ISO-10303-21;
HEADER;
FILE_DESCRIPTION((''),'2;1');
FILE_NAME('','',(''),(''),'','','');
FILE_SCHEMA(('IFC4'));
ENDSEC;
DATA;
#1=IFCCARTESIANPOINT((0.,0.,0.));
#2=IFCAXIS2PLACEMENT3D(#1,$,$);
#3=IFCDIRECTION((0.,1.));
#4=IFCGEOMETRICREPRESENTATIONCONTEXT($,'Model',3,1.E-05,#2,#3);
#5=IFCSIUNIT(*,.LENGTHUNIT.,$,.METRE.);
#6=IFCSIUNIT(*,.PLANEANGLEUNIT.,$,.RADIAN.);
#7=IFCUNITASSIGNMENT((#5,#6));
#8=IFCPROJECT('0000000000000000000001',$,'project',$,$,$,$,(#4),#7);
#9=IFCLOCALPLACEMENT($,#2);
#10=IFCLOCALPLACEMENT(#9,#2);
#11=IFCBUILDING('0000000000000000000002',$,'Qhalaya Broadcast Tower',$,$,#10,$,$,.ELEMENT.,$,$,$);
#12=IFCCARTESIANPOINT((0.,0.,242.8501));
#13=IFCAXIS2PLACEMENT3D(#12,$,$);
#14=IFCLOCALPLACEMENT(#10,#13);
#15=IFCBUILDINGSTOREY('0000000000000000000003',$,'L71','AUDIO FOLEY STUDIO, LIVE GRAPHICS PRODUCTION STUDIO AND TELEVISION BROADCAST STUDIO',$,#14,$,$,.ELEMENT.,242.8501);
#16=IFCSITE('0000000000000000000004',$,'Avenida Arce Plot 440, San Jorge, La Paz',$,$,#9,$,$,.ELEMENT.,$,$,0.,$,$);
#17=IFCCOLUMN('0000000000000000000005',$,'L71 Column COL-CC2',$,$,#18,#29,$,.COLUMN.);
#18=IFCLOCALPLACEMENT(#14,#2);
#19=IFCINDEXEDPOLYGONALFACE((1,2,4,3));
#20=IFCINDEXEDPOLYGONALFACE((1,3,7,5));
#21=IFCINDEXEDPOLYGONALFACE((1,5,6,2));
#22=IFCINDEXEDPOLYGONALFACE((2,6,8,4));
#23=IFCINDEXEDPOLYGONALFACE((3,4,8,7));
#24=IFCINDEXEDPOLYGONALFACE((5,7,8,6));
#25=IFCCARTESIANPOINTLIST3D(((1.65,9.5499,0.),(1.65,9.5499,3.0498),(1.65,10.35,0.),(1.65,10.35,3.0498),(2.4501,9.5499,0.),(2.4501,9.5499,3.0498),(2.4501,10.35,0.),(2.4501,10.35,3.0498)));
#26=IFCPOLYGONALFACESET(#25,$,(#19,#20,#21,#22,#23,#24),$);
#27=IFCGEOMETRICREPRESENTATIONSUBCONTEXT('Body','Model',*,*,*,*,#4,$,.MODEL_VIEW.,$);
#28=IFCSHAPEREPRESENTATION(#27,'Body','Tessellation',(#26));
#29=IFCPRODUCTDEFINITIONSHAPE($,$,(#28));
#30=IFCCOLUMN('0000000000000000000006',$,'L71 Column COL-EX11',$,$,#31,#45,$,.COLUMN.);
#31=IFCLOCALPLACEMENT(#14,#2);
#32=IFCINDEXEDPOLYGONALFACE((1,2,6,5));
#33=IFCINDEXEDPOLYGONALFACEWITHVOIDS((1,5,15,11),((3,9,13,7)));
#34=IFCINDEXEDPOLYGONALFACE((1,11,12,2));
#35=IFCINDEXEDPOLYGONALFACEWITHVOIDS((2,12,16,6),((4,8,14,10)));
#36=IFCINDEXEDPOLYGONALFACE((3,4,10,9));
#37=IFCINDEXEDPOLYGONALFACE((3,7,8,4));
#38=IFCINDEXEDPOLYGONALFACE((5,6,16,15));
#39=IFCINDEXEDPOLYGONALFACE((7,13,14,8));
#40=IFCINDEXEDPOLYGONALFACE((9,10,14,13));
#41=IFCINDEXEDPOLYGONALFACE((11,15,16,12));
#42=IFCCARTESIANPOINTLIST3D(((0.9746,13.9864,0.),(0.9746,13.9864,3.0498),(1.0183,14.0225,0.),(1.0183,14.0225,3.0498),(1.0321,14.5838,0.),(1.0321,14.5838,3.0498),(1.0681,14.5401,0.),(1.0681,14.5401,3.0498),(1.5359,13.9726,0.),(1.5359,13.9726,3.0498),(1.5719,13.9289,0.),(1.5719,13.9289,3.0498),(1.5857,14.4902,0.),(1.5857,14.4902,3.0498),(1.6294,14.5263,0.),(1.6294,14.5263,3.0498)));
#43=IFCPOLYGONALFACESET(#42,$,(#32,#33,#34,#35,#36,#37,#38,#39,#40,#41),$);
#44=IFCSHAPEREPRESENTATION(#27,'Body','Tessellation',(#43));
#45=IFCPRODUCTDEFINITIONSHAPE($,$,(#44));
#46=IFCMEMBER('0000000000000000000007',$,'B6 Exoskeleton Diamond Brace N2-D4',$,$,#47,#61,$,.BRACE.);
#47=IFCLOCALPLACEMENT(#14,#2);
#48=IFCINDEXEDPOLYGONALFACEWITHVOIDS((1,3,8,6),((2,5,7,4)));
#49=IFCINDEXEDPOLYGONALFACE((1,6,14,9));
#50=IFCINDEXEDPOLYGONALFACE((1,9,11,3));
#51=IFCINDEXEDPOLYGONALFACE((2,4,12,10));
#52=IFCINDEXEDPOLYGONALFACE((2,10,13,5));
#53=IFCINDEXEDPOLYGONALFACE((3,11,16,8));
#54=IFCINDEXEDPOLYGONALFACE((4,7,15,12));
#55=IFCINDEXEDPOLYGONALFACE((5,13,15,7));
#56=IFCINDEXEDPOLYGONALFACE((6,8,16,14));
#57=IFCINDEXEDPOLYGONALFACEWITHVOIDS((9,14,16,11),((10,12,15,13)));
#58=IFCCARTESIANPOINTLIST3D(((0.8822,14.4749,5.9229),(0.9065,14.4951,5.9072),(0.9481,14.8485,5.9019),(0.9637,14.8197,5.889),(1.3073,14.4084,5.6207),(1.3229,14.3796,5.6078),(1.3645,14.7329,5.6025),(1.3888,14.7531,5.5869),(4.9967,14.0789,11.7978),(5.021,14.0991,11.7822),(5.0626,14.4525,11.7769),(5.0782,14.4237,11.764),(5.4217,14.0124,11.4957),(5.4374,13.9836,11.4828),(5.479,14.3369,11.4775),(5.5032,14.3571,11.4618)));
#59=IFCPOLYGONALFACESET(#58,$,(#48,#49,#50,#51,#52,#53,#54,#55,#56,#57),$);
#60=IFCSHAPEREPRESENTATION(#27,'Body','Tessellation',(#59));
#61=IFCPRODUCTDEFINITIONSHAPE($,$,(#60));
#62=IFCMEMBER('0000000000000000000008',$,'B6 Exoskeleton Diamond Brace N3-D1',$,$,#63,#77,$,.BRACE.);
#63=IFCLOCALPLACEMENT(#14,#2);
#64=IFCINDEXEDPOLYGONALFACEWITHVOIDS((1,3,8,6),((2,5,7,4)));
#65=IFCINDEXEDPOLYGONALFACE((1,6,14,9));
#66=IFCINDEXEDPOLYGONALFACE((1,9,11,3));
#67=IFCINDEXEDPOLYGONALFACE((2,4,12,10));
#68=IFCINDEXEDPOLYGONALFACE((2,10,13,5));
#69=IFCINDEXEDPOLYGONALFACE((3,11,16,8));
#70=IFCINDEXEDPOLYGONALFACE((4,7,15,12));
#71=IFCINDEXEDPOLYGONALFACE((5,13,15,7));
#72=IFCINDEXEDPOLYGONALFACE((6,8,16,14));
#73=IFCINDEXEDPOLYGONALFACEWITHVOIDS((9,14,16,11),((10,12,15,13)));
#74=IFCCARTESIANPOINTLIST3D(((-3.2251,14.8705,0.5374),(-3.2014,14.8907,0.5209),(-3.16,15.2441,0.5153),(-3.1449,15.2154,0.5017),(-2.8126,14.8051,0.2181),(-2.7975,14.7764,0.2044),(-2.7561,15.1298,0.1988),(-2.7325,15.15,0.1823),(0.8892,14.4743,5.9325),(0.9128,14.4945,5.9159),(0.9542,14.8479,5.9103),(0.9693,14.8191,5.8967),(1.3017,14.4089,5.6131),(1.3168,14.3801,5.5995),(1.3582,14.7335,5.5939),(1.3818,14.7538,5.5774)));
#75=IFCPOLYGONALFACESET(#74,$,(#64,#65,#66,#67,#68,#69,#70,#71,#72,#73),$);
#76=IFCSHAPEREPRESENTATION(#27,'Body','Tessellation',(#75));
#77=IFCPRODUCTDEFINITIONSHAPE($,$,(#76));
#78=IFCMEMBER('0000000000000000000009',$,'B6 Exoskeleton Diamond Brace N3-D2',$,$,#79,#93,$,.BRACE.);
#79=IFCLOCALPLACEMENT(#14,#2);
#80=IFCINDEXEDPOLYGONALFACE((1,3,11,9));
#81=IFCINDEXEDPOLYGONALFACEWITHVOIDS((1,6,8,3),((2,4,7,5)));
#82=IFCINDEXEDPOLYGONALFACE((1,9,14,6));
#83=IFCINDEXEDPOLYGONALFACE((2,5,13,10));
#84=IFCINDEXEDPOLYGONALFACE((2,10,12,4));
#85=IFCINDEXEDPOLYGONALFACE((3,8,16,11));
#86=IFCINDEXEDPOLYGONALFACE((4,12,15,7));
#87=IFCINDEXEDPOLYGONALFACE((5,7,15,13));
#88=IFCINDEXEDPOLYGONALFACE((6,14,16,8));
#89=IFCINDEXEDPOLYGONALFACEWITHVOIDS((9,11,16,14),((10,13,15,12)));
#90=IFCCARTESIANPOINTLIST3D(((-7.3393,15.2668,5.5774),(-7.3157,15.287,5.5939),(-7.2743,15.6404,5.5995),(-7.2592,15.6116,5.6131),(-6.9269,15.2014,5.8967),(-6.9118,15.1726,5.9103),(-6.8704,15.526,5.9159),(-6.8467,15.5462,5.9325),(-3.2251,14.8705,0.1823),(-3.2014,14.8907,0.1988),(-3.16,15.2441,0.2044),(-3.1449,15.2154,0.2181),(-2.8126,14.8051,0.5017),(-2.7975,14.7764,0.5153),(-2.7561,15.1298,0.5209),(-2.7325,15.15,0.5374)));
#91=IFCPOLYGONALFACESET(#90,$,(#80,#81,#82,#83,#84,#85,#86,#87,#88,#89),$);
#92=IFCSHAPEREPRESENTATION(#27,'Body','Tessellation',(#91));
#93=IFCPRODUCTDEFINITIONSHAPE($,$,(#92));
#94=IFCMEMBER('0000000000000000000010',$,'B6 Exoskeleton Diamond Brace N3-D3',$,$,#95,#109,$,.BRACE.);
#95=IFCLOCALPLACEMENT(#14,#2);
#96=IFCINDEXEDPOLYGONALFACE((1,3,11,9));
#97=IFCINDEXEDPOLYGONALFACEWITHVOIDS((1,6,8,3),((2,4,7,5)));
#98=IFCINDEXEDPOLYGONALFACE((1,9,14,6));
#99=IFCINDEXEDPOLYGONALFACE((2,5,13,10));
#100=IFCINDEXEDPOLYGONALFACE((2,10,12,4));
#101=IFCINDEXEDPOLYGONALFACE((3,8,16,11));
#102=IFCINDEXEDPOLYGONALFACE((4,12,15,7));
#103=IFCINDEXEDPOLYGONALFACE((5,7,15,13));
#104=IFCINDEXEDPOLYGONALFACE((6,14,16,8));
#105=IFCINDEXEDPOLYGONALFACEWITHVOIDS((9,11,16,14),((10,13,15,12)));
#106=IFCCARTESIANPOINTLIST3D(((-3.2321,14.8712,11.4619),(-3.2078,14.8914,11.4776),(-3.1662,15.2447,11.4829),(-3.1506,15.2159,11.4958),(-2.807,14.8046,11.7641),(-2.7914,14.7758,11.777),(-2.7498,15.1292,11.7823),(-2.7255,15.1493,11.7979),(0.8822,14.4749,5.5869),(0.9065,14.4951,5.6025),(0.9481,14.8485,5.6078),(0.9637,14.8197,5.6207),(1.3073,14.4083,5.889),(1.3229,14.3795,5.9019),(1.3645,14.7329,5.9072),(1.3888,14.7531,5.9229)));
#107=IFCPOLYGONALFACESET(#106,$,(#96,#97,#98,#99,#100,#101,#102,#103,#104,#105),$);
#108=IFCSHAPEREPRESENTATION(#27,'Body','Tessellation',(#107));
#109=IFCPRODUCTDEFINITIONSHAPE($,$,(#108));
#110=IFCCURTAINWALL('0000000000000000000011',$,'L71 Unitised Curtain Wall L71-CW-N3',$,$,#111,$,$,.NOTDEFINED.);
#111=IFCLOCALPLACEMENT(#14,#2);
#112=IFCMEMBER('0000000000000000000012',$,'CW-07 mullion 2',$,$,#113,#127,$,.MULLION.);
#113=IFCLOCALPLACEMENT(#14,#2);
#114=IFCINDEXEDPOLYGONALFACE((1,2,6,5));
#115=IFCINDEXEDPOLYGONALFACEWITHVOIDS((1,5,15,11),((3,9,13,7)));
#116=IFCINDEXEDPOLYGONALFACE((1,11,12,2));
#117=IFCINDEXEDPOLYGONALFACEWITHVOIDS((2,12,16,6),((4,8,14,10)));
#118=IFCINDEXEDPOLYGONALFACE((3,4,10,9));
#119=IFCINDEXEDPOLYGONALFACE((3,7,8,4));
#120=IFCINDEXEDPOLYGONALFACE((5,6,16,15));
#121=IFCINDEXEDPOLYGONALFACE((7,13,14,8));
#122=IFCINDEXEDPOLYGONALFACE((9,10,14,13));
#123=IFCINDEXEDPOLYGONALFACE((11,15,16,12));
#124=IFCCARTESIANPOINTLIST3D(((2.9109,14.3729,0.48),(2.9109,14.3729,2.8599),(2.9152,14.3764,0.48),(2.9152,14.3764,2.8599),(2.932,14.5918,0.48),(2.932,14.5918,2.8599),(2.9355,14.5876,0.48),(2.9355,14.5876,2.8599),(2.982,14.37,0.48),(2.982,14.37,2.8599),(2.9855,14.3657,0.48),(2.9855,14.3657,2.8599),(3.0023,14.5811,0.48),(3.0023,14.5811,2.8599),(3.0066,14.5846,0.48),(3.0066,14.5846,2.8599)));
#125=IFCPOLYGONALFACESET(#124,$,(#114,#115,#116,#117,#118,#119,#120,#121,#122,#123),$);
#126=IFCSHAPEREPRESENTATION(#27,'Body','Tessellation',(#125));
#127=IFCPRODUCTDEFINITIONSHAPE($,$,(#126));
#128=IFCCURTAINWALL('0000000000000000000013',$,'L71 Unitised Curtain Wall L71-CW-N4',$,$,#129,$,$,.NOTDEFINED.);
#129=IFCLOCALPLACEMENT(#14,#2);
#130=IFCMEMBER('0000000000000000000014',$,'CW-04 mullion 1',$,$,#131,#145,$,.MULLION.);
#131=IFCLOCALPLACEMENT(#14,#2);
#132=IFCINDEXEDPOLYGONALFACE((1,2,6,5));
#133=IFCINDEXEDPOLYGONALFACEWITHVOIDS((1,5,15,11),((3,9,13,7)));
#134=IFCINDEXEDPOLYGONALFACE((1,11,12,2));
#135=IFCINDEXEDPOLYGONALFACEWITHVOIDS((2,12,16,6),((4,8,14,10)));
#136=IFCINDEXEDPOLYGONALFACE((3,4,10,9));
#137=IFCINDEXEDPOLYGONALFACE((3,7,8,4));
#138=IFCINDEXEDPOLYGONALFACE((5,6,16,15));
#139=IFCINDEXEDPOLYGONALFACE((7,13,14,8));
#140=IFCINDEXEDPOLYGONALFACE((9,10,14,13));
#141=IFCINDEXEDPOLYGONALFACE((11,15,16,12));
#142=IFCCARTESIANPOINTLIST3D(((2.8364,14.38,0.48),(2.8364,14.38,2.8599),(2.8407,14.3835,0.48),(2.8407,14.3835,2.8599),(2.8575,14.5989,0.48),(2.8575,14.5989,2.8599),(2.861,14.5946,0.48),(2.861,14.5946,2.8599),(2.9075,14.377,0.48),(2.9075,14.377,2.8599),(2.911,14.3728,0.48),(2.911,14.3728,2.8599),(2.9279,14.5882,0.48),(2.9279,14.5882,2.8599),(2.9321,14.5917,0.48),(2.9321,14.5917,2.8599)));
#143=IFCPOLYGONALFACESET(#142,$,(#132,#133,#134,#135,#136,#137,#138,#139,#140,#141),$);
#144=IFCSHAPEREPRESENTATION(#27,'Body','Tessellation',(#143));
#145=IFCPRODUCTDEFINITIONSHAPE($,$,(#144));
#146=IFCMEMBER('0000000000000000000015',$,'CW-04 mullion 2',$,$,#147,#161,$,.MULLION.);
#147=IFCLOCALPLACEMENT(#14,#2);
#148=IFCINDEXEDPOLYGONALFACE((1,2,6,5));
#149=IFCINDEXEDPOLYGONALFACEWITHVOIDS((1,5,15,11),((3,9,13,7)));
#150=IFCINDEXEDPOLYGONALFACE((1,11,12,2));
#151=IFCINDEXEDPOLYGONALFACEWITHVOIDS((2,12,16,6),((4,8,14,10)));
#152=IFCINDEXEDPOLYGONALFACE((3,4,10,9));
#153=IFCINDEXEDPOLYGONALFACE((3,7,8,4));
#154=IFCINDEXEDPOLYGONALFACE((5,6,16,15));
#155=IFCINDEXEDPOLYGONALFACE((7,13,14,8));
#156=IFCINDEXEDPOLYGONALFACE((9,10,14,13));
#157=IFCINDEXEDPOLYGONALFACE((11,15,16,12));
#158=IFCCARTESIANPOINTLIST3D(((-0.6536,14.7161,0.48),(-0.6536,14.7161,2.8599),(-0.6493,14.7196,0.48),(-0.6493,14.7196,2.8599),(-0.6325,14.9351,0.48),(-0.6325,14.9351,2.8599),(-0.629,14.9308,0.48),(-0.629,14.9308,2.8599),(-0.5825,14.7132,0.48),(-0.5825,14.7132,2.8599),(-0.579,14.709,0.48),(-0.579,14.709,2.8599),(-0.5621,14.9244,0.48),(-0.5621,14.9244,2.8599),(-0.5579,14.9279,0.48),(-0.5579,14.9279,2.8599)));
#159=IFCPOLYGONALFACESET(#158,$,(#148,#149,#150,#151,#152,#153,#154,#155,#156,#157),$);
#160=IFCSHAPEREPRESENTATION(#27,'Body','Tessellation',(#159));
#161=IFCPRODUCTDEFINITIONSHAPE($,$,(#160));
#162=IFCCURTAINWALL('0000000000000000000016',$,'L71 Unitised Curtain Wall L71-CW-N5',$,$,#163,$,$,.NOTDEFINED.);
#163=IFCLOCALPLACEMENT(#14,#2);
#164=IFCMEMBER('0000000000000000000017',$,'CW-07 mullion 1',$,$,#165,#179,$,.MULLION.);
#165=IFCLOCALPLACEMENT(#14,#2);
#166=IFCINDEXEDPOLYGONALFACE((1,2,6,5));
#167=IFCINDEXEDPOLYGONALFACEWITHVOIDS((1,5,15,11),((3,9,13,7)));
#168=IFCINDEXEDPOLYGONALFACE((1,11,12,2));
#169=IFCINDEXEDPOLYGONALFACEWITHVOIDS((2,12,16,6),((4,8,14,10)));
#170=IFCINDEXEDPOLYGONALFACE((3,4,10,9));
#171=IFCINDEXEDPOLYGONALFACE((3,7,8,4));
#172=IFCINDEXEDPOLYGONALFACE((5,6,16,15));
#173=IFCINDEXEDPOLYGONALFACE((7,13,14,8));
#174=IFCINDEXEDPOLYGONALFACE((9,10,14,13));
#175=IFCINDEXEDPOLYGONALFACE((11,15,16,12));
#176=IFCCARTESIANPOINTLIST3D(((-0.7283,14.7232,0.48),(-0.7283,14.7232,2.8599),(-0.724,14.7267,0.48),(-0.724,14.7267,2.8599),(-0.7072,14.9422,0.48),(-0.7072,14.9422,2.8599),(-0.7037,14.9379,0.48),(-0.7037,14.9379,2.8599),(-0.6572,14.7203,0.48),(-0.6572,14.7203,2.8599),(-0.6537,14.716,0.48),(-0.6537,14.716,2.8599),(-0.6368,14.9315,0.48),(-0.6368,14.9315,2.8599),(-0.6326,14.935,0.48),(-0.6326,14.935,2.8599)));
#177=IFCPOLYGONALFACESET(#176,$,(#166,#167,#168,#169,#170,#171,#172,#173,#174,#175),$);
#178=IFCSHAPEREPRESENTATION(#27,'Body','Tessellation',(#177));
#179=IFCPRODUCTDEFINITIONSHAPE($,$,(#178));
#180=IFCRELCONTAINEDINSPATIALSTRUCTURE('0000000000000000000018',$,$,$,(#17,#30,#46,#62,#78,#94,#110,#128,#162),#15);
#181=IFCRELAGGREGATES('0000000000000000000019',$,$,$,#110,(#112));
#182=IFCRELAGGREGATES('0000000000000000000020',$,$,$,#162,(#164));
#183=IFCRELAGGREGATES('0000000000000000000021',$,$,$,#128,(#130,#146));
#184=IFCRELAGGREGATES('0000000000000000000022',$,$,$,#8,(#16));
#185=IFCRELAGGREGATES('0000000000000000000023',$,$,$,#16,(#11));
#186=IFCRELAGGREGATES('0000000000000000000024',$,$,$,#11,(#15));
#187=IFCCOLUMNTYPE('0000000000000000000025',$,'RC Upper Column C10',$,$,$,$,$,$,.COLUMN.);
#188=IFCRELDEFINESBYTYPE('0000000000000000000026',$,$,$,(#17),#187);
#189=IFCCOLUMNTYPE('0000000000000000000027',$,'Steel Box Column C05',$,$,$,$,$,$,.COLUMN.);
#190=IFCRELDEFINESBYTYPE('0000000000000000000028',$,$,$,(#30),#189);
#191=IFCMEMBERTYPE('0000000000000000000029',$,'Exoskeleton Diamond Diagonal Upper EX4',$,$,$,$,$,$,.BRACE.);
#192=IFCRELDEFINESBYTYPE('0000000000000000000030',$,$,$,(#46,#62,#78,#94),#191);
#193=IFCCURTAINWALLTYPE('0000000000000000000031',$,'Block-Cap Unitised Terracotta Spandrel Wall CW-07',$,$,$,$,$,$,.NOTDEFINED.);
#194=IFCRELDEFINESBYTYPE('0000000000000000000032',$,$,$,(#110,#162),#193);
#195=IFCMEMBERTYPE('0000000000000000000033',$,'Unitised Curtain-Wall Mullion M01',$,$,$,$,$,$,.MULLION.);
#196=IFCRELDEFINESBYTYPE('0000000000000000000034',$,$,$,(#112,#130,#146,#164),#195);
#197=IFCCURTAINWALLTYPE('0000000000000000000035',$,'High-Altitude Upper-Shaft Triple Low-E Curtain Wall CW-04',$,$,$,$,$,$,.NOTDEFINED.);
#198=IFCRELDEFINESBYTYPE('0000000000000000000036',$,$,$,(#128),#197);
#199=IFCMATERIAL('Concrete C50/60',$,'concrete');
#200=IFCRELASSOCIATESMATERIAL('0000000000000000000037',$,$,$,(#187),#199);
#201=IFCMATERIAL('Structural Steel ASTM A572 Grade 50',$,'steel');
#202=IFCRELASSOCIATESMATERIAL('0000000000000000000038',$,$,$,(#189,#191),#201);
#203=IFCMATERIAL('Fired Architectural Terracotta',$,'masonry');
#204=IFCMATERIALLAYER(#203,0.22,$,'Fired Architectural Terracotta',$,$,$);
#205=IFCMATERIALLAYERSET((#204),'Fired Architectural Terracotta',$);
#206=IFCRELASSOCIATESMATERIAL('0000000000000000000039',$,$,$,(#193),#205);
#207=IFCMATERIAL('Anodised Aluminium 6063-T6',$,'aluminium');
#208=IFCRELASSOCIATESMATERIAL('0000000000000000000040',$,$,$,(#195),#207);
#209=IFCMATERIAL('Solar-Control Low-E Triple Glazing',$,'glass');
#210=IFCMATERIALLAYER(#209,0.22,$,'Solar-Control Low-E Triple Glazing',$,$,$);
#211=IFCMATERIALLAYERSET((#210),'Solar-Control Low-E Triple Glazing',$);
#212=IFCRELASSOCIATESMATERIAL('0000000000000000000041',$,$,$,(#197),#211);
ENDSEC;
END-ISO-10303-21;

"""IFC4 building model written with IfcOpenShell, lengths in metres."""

from ifc_helpers import new_model, si_unit, direction, frame, origin, origin_2d, place, context, subcontext, project, spatial, rectangle, hollow_rectangle, extrude, material, layer, layer_set, material_profile, profile_set, type_object, element, aggregate, save


model = new_model("IFC4")

# Units and contexts
model_context = context("Model", 3, precision=1e-05, world=origin(), true_north=direction((0.0, 1.0)))
body_context = subcontext(model_context, "Body", "Model", "MODEL_VIEW")
ifc_project = project(units=[si_unit("LENGTHUNIT", "METRE"), si_unit("PLANEANGLEUNIT", "RADIAN")], contexts=[model_context])

# Site, building, storey
site_placement = place(None, origin())
site = spatial("IfcSite", under=ifc_project, at=site_placement, Name="Avenida Arce Plot 440, San Jorge, La Paz", CompositionType="ELEMENT", RefElevation=0.0)
building_placement = place(site_placement, origin())
building = spatial("IfcBuilding", under=site, at=building_placement, Name="Qhalaya Broadcast Tower", CompositionType="ELEMENT")
storey_placement = place(building_placement, frame((0.0, 0.0, 242.8501)))
storey = spatial("IfcBuildingStorey", under=building, at=storey_placement, Name="L71", Description="AUDIO FOLEY STUDIO, LIVE GRAPHICS PRODUCTION STUDIO AND TELEVISION BROADCAST STUDIO", CompositionType="ELEMENT", Elevation=242.8501)

# Columns
ifc_material_1 = material(Name="Concrete C50/60", Category="concrete")
ifc_material_profile_1 = material_profile(ifc_material_1, rectangle(XDim=0.8, YDim=0.8, at=origin_2d()), Name="RC-COL 800x800")
ifc_profile_set_1 = profile_set([ifc_material_profile_1], Name="Concrete C50/60")
column_type_1 = type_object("IfcColumnType", Name="RC Upper Column C10", PredefinedType="COLUMN", material=ifc_profile_set_1)
column_1_placement = place(storey_placement, frame((2.05, 9.95, 0.0), z_axis=(0.0, 0.0, 1.0), x_axis=(1.0, 0.0, 0.0)))
element("IfcColumn", 1, at=column_1_placement, inside=storey, type_object=column_type_1, Name="L71 Column COL-CC2", PredefinedType="COLUMN", context=body_context, shape_type="SweptSolid", body=[
    extrude(rectangle(XDim=0.8, YDim=0.8, at=origin_2d()), origin(), (0.0, 0.0, 1.0), 3.0498),
])
ifc_material_2 = material(Name="Structural Steel ASTM A572 Grade 50", Category="steel")
ifc_material_profile_2 = material_profile(ifc_material_2, hollow_rectangle(XDim=0.6001, YDim=0.6001, WallThickness=0.04, at=origin_2d()), Name="BOX 600x600x40")
ifc_profile_set_2 = profile_set([ifc_material_profile_2], Name="Structural Steel ASTM A572 Grade 50")
column_type_2 = type_object("IfcColumnType", Name="Steel Box Column C05", PredefinedType="COLUMN", material=ifc_profile_set_2)
column_2_placement = place(storey_placement, frame((1.302, 14.2563, 0.0), z_axis=(0.0, 0.0, 1.0), x_axis=(0.995396, -0.095846, 0.0)))
element("IfcColumn", 2, at=column_2_placement, inside=storey, type_object=column_type_2, Name="L71 Column COL-EX11", PredefinedType="COLUMN", context=body_context, shape_type="SweptSolid", body=[
    extrude(hollow_rectangle(XDim=0.6001, YDim=0.6001, WallThickness=0.04, at=origin_2d()), origin(), (0.0, 0.0, 1.0), 3.0498),
])

# Members
ifc_material_profile_3 = material_profile(ifc_material_2, hollow_rectangle(XDim=0.3799, YDim=0.55, WallThickness=0.0249, at=origin_2d()), Name="BOX 380x550x25")
ifc_profile_set_3 = profile_set([ifc_material_profile_3], Name="Structural Steel ASTM A572 Grade 50")
member_type_1 = type_object("IfcMemberType", Name="Exoskeleton Diamond Diagonal Upper EX4", PredefinedType="BRACE", material=ifc_profile_set_3)
member_1_placement = place(storey_placement, frame((1.1355, 14.614, 5.7549), z_axis=(0.572777, -0.055126, 0.817855), x_axis=(0.173388, 0.983308, -0.055152)))
element("IfcMember", 3, at=member_1_placement, inside=storey, type_object=member_type_1, Name="B6 Exoskeleton Diamond Brace N2-D4", PredefinedType="BRACE", context=body_context, shape_type="SweptSolid", body=[
    extrude(hollow_rectangle(XDim=0.3799, YDim=0.55, WallThickness=0.0249, at=origin_2d()), origin(), (0.0, 0.0, 1.0), 7.1833),
])
for number, where, z_axis, x_axis, name in (
    (4, (-2.9788, 15.0103, 0.3599), (0.605363, -0.058302, 0.793811), (0.171157, 0.983518, -0.05829), "B6 Exoskeleton Diamond Brace N3-D1"),
    (5, (-2.9788, 15.0103, 0.3599), (-0.605363, 0.058302, 0.793811), (-0.171157, -0.983518, -0.05829), "B6 Exoskeleton Diamond Brace N3-D2"),
):
    element("IfcMember", number, at=place(storey_placement, frame(where, z_axis=z_axis, x_axis=x_axis)), inside=storey, type_object=member_type_1, Name=name, PredefinedType="BRACE", context=body_context, shape_type="SweptSolid", body=[
        extrude(hollow_rectangle(XDim=0.3799, YDim=0.55, WallThickness=0.0249, at=origin_2d()), origin(), (0.0, 0.0, 1.0), 6.7964),
    ])
member_2_placement = place(storey_placement, frame((1.1355, 14.614, 5.7549), z_axis=(-0.572753, 0.055161, 0.81787), x_axis=(-0.173452, -0.983297, -0.05515)))
element("IfcMember", 6, at=member_2_placement, inside=storey, type_object=member_type_1, Name="B6 Exoskeleton Diamond Brace N3-D3", PredefinedType="BRACE", context=body_context, shape_type="SweptSolid", body=[
    extrude(hollow_rectangle(XDim=0.3799, YDim=0.55, WallThickness=0.0249, at=origin_2d()), origin(), (0.0, 0.0, 1.0), 7.1833),
])

# Curtain wall, member
ifc_material_3 = material(Name="Fired Architectural Terracotta", Category="masonry")
ifc_layer_1 = layer(ifc_material_3, 0.22, Name="Fired Architectural Terracotta")
ifc_layer_set_1 = layer_set([ifc_layer_1], Name="Fired Architectural Terracotta")
curtain_wall_type_1 = type_object("IfcCurtainWallType", Name="Block-Cap Unitised Terracotta Spandrel Wall CW-07", PredefinedType="NOTDEFINED", material=ifc_layer_set_1)
curtain_wall_1_placement = place(storey_placement, origin())
curtain_wall_1 = element("IfcCurtainWall", 7, at=curtain_wall_1_placement, inside=storey, type_object=curtain_wall_type_1, Name="L71 Unitised Curtain Wall L71-CW-N3", PredefinedType="NOTDEFINED")
ifc_material_4 = material(Name="Anodised Aluminium 6063-T6", Category="aluminium")
ifc_material_profile_4 = material_profile(ifc_material_4, hollow_rectangle(XDim=0.075, YDim=0.22, WallThickness=0.0039, at=origin_2d()), Name="ALU-MUL 75x220x4")
ifc_profile_set_4 = profile_set([ifc_material_profile_4], Name="Anodised Aluminium 6063-T6")
member_type_2 = type_object("IfcMemberType", Name="Unitised Curtain-Wall Mullion M01", PredefinedType="MULLION", material=ifc_profile_set_4)
member_3_placement = place(storey_placement, frame((2.9587, 14.4788, 0.48), z_axis=(0.0, 0.0, 1.0), x_axis=(-0.995395, 0.09586, 0.0)))
member_3 = element("IfcMember", 8, at=member_3_placement, type_object=member_type_2, Name="CW-07 mullion 2", PredefinedType="MULLION", context=body_context, shape_type="SweptSolid", body=[
    extrude(hollow_rectangle(XDim=0.075, YDim=0.22, WallThickness=0.0039, at=origin_2d()), origin(), (0.0, 0.0, 1.0), 2.3799),
])
aggregate(curtain_wall_1, [member_3])

# Curtain wall, members
ifc_material_5 = material(Name="Solar-Control Low-E Triple Glazing", Category="glass")
ifc_layer_2 = layer(ifc_material_5, 0.22, Name="Solar-Control Low-E Triple Glazing")
ifc_layer_set_2 = layer_set([ifc_layer_2], Name="Solar-Control Low-E Triple Glazing")
curtain_wall_type_2 = type_object("IfcCurtainWallType", Name="High-Altitude Upper-Shaft Triple Low-E Curtain Wall CW-04", PredefinedType="NOTDEFINED", material=ifc_layer_set_2)
curtain_wall_2_placement = place(storey_placement, origin())
curtain_wall_2 = element("IfcCurtainWall", 9, at=curtain_wall_2_placement, inside=storey, type_object=curtain_wall_type_2, Name="L71 Unitised Curtain Wall L71-CW-N4", PredefinedType="NOTDEFINED")
member_4_placement = place(storey_placement, frame((2.8843, 14.4858, 0.48), z_axis=(0.0, 0.0, 1.0), x_axis=(-0.995397, 0.09584, 0.0)))
member_4 = element("IfcMember", 10, at=member_4_placement, type_object=member_type_2, Name="CW-04 mullion 1", PredefinedType="MULLION", context=body_context, shape_type="SweptSolid", body=[
    extrude(hollow_rectangle(XDim=0.075, YDim=0.22, WallThickness=0.0039, at=origin_2d()), origin(), (0.0, 0.0, 1.0), 2.3799),
])
member_5_placement = place(storey_placement, frame((-0.6057, 14.822, 0.48), z_axis=(0.0, 0.0, 1.0), x_axis=(-0.995397, 0.09584, 0.0)))
member_5 = element("IfcMember", 11, at=member_5_placement, type_object=member_type_2, Name="CW-04 mullion 2", PredefinedType="MULLION", context=body_context, shape_type="SweptSolid", body=[
    extrude(hollow_rectangle(XDim=0.075, YDim=0.22, WallThickness=0.0039, at=origin_2d()), origin(), (0.0, 0.0, 1.0), 2.3799),
])

# Curtain wall, member
curtain_wall_3_placement = place(storey_placement, origin())
curtain_wall_3 = element("IfcCurtainWall", 12, at=curtain_wall_3_placement, inside=storey, type_object=curtain_wall_type_1, Name="L71 Unitised Curtain Wall L71-CW-N5", PredefinedType="NOTDEFINED")
member_6_placement = place(storey_placement, frame((-0.6804, 14.8291, 0.48), z_axis=(0.0, 0.0, 1.0), x_axis=(-0.995396, 0.095848, 0.0)))
member_6 = element("IfcMember", 13, at=member_6_placement, type_object=member_type_2, Name="CW-07 mullion 1", PredefinedType="MULLION", context=body_context, shape_type="SweptSolid", body=[
    extrude(hollow_rectangle(XDim=0.075, YDim=0.22, WallThickness=0.0039, at=origin_2d()), origin(), (0.0, 0.0, 1.0), 2.3799),
])

aggregate(curtain_wall_3, [member_6])
aggregate(curtain_wall_2, [member_4, member_5])

save(model, "model.ifc")
